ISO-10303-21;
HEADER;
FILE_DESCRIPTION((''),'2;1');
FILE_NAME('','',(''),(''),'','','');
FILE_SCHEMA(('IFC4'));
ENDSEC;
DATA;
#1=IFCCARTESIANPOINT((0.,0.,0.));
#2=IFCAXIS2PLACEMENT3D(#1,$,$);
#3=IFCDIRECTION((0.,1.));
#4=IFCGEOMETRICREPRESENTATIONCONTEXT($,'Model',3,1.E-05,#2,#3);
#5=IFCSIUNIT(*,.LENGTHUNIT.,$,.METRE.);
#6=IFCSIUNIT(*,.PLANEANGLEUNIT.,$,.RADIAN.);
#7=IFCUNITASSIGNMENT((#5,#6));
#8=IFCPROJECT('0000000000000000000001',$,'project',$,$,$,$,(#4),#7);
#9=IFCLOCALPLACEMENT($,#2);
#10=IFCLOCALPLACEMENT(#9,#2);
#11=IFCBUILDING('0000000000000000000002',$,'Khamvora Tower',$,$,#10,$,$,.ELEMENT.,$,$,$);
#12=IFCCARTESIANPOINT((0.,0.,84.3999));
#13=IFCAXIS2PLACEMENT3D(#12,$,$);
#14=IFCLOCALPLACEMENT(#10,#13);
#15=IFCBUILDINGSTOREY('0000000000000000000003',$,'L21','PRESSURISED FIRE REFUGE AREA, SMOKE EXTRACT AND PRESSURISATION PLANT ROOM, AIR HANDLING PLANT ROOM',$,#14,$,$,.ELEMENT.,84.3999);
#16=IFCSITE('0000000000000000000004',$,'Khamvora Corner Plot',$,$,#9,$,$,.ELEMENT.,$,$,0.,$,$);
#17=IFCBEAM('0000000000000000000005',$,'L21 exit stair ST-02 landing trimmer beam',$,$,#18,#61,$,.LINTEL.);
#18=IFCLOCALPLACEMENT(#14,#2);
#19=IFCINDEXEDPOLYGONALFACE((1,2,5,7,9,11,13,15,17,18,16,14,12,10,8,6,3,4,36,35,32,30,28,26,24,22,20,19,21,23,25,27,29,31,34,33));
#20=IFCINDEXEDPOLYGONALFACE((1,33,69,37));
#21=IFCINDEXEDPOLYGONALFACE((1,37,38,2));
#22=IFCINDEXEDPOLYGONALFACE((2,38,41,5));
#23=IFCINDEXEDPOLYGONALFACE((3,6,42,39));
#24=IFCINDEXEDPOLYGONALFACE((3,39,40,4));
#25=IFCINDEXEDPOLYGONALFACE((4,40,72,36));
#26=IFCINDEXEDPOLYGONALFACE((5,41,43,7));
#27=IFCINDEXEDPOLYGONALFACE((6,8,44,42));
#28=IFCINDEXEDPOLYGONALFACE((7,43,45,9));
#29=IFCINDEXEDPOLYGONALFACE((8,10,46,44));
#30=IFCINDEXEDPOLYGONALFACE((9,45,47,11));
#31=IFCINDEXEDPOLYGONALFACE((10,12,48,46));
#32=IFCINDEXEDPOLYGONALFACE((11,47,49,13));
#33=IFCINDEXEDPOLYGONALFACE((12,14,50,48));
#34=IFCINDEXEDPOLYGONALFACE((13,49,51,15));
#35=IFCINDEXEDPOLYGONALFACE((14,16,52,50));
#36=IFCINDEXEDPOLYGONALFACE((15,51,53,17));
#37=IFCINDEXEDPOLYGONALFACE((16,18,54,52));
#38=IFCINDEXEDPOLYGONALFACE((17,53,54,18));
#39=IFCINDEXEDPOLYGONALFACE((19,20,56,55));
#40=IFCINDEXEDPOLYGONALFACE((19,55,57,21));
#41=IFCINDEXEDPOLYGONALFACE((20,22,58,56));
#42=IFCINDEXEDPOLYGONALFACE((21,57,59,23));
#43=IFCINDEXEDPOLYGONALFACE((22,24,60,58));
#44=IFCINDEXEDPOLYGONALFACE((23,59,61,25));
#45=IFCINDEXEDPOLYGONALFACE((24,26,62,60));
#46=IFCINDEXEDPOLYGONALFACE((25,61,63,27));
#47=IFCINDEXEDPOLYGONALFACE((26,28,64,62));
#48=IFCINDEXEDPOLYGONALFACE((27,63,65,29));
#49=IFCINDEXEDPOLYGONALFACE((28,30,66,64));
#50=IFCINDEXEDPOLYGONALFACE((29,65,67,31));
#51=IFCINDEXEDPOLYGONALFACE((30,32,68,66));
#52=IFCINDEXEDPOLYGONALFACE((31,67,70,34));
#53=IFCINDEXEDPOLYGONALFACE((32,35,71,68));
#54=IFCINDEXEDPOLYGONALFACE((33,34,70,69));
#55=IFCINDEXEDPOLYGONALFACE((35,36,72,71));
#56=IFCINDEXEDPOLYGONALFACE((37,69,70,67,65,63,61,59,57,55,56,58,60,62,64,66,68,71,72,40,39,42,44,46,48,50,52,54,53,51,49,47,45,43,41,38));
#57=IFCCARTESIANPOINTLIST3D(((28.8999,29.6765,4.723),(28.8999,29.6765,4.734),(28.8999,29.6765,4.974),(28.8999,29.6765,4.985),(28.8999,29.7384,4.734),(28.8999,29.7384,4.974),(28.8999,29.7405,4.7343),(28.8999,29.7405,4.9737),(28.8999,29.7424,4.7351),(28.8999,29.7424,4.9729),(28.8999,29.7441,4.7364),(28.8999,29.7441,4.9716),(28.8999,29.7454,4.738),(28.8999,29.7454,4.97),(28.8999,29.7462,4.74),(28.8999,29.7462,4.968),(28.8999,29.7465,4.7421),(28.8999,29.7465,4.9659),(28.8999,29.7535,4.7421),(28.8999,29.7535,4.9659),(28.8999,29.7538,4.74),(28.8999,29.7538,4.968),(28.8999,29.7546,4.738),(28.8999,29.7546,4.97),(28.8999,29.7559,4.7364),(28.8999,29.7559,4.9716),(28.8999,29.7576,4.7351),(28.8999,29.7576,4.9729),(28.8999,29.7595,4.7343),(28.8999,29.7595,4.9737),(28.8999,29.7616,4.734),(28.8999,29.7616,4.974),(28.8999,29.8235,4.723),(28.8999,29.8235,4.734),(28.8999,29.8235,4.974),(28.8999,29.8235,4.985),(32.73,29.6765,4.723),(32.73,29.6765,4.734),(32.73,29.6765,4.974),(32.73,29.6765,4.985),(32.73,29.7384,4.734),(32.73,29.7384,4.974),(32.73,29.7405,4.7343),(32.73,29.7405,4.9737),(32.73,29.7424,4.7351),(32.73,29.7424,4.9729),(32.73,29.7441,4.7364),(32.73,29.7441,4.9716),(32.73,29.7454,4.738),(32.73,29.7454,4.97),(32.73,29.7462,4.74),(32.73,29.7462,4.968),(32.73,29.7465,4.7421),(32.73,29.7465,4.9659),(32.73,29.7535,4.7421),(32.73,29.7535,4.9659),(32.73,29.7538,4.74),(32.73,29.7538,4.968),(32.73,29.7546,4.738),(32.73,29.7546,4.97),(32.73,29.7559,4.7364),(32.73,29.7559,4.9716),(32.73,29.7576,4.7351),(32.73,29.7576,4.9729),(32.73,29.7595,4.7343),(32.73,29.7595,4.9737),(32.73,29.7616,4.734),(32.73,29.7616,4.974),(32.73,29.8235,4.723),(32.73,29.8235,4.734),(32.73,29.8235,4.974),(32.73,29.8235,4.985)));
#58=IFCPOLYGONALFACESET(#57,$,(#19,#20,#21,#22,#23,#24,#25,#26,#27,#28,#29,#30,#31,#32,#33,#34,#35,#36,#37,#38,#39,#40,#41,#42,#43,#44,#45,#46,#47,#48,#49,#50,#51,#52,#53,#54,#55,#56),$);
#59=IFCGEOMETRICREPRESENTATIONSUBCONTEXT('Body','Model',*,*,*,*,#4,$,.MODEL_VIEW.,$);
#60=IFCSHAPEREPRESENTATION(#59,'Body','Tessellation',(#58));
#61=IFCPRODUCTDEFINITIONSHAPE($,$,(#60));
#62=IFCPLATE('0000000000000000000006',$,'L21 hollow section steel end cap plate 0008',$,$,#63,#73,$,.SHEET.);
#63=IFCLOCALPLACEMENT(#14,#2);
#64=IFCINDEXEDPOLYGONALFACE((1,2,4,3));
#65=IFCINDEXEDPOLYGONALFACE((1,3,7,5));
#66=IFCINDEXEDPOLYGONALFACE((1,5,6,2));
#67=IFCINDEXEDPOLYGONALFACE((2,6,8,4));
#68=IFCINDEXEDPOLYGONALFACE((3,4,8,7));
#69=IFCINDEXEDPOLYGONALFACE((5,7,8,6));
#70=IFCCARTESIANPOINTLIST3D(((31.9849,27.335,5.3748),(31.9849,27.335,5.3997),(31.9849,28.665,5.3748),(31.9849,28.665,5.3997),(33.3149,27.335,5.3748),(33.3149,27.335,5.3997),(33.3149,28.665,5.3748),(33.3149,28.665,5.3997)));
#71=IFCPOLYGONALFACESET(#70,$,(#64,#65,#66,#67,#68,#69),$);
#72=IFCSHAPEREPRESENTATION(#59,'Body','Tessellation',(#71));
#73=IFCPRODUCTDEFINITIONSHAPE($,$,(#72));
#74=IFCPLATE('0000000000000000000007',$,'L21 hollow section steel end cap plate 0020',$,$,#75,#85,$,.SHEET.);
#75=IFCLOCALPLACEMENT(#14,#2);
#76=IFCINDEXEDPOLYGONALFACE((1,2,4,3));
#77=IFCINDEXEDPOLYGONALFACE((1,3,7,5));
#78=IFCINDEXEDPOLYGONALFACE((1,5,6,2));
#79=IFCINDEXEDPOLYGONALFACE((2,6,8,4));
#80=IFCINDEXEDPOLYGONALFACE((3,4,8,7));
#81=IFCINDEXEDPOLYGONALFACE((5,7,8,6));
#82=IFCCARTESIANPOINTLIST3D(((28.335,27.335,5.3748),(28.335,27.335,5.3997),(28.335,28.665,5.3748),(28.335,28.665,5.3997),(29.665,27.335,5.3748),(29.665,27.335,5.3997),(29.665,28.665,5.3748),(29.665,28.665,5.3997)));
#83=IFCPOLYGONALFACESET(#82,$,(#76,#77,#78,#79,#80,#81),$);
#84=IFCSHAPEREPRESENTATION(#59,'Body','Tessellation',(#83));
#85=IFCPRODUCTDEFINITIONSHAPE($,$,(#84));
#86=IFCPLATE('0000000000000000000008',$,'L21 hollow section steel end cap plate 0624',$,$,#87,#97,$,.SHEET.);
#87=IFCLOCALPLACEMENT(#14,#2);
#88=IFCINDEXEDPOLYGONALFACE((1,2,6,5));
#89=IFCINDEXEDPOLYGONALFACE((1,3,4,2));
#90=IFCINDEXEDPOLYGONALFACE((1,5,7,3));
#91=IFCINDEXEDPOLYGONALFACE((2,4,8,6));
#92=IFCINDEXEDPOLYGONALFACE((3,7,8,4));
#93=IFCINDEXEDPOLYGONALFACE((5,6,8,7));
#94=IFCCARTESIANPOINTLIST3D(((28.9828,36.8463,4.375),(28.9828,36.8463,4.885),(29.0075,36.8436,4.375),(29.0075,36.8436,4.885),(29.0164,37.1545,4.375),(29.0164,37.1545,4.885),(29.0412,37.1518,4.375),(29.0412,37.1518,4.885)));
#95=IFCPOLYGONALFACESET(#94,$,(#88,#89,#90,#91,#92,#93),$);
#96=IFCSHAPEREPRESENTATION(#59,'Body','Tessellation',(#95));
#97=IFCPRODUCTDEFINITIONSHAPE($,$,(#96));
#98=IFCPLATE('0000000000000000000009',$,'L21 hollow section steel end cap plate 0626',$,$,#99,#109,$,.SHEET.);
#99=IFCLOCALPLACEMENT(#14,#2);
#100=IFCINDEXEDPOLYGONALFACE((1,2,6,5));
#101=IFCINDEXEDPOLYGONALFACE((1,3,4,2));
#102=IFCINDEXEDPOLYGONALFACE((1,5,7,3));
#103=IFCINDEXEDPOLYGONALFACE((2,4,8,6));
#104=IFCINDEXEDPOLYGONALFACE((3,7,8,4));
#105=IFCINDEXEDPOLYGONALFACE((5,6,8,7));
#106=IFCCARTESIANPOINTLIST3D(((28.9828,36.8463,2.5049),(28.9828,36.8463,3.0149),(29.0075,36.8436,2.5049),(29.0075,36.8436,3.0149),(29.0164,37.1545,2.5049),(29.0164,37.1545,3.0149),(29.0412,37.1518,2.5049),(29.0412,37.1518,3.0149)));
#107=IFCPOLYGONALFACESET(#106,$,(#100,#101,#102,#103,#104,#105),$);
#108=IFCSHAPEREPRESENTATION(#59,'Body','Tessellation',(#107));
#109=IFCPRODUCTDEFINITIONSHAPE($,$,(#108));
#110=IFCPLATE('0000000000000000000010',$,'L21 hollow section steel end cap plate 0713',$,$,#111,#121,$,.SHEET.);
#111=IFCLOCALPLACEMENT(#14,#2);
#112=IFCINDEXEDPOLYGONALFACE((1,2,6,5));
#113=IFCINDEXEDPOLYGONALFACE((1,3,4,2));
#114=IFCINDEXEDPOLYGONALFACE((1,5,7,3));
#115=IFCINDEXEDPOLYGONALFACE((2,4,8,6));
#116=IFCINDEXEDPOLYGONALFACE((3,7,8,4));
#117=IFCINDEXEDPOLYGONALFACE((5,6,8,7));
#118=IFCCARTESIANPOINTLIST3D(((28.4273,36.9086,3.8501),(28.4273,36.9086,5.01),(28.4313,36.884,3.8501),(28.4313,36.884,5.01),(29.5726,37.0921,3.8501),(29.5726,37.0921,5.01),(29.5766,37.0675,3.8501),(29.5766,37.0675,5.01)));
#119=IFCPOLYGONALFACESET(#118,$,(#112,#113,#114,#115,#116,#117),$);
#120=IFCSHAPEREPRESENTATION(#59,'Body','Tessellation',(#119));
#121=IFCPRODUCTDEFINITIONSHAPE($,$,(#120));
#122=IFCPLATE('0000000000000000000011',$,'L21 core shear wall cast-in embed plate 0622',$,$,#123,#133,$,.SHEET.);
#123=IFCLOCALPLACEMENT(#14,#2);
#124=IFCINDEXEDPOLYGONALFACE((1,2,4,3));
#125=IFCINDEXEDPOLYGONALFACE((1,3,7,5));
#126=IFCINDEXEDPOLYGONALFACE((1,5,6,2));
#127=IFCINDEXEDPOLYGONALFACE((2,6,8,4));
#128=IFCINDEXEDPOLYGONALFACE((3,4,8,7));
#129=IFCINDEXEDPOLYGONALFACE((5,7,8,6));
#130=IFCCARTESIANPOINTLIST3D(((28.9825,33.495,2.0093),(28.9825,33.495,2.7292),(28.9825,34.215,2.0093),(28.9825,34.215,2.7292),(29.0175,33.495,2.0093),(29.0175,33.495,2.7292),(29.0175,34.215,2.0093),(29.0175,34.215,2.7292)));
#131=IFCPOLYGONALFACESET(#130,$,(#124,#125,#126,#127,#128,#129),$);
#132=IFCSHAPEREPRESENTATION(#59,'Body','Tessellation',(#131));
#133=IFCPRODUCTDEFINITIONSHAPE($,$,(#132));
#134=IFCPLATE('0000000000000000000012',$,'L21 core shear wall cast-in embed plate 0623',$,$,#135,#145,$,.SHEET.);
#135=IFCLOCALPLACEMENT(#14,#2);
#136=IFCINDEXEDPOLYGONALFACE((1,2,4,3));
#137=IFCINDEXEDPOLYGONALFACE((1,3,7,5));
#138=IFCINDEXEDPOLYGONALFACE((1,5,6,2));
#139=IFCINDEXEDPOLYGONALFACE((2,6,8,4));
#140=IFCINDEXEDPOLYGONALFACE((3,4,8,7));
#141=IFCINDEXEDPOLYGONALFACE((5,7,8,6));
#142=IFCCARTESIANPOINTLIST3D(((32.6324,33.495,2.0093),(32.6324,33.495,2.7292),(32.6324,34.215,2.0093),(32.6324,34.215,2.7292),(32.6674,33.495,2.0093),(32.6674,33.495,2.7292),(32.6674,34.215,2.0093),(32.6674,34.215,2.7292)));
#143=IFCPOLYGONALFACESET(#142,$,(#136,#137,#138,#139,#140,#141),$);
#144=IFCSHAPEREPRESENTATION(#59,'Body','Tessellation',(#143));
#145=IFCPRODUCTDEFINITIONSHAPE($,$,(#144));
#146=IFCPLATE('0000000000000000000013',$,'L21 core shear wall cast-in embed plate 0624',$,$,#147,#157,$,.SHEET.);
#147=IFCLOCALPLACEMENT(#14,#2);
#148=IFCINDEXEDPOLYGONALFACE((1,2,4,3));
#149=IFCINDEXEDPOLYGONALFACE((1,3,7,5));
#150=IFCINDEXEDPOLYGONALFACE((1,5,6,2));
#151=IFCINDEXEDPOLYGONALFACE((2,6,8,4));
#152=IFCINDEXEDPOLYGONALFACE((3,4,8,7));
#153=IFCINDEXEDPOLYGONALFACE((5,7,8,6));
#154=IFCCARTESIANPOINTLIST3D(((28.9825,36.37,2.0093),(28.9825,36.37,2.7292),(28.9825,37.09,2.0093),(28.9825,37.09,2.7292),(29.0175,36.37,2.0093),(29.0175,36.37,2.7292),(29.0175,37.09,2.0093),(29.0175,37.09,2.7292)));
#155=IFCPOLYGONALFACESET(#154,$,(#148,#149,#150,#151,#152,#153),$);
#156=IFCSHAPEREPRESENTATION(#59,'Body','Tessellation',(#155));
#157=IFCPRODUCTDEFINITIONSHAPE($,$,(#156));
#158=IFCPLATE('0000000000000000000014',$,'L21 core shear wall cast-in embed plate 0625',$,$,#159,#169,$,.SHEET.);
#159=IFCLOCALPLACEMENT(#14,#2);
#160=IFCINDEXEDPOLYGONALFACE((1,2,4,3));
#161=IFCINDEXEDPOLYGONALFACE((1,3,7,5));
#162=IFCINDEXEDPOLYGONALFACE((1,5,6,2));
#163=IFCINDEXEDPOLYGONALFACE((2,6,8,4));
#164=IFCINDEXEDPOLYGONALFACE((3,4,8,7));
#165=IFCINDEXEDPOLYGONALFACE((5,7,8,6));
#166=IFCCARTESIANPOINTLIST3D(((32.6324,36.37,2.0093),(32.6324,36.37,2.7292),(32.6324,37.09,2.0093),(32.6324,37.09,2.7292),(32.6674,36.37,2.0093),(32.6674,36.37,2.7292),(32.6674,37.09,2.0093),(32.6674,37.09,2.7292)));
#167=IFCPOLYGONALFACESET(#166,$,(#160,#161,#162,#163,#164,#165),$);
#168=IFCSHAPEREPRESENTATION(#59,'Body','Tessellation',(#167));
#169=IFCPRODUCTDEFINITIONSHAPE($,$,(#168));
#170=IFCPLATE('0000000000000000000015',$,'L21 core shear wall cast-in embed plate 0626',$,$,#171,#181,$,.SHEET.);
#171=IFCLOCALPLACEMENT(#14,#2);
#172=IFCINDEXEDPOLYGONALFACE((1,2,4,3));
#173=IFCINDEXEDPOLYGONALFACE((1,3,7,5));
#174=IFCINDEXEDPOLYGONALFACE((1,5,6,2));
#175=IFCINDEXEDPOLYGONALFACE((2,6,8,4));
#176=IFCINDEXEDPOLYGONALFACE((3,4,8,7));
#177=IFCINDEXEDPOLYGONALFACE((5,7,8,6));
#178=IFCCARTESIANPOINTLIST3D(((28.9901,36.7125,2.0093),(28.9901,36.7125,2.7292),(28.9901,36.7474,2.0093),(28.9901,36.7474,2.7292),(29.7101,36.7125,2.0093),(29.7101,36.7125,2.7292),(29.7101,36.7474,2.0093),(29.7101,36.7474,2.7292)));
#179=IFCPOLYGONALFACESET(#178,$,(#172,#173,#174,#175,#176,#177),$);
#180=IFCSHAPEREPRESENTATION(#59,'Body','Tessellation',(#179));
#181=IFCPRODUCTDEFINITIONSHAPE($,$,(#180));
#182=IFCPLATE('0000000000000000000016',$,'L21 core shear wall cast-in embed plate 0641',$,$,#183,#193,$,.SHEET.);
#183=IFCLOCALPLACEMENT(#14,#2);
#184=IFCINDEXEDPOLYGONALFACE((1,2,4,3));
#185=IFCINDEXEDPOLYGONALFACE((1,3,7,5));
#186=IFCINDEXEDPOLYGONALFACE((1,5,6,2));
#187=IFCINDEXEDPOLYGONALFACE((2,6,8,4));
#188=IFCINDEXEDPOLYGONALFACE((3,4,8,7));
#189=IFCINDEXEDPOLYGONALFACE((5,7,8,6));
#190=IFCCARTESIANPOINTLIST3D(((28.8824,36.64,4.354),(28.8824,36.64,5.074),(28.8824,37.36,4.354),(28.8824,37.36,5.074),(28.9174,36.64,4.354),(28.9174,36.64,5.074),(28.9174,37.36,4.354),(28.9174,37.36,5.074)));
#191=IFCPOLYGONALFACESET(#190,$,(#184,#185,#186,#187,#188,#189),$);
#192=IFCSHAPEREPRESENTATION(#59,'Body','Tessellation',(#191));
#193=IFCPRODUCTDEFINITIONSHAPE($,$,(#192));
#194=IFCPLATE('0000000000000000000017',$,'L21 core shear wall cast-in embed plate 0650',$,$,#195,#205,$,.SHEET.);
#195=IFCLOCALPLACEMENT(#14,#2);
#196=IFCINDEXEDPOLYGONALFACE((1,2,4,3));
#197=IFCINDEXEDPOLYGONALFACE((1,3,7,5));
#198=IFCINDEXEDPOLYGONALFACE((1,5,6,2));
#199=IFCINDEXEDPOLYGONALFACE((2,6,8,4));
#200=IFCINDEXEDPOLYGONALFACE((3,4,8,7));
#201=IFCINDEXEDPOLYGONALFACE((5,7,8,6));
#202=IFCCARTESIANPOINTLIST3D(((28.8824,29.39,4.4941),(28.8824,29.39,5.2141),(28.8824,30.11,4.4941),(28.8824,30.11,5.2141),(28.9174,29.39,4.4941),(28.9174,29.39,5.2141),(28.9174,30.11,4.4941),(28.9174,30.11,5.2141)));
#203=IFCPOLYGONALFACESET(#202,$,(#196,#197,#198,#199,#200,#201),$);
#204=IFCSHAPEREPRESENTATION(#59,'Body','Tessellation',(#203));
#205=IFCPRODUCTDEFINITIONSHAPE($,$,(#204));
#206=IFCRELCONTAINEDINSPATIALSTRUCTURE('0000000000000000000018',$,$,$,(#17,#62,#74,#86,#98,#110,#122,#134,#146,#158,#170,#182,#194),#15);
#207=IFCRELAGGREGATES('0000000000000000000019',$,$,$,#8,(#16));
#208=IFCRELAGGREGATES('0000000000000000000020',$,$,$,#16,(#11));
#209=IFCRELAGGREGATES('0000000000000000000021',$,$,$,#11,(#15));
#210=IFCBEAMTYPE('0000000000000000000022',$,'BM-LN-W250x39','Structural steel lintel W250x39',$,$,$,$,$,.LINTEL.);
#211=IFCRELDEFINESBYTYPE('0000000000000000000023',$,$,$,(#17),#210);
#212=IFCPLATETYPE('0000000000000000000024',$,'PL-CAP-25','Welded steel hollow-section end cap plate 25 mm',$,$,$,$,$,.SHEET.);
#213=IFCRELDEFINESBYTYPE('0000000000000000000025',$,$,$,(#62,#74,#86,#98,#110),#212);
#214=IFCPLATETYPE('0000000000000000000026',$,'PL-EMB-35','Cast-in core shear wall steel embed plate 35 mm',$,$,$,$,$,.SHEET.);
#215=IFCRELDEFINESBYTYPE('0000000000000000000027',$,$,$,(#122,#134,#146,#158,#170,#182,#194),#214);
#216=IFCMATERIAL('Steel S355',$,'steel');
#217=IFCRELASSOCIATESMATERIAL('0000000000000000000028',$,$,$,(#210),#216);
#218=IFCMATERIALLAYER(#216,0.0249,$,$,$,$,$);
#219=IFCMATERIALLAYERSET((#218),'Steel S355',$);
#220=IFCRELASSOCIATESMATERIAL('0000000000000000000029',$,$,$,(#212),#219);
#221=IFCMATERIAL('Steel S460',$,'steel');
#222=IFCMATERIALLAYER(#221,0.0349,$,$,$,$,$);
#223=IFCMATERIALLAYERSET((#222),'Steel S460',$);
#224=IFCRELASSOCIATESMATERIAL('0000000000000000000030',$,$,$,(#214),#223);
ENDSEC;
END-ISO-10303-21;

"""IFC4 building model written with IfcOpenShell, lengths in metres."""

from ifc_helpers import new_model, si_unit, direction, frame, origin, origin_2d, place, context, subcontext, project, spatial, rectangle, i_section, extrude, material, layer, layer_set, material_profile, profile_set, type_object, element, save


model = new_model("IFC4")

# Units and contexts
model_context = context("Model", 3, precision=1e-05, world=origin(), true_north=direction((0.0, 1.0)))
body_context = subcontext(model_context, "Body", "Model", "MODEL_VIEW")
ifc_project = project(units=[si_unit("LENGTHUNIT", "METRE"), si_unit("PLANEANGLEUNIT", "RADIAN")], contexts=[model_context])

# Site, building, storey
site_placement = place(None, origin())
site = spatial("IfcSite", under=ifc_project, at=site_placement, Name="Khamvora Corner Plot", CompositionType="ELEMENT", RefElevation=0.0)
building_placement = place(site_placement, origin())
building = spatial("IfcBuilding", under=site, at=building_placement, Name="Khamvora Tower", CompositionType="ELEMENT")
storey_placement = place(building_placement, frame((0.0, 0.0, 84.3999)))
storey = spatial("IfcBuildingStorey", under=building, at=storey_placement, Name="L21", Description="PRESSURISED FIRE REFUGE AREA, SMOKE EXTRACT AND PRESSURISATION PLANT ROOM, AIR HANDLING PLANT ROOM", CompositionType="ELEMENT", Elevation=84.3999)

# Shared definitions
ifc_material_1 = material(Name="Steel S460", Category="steel")

# Beam
ifc_material_2 = material(Name="Steel S355", Category="steel")
ifc_material_profile_1 = material_profile(ifc_material_2, i_section(OverallWidth=0.147, OverallDepth=0.262, WebThickness=0.0071, FlangeThickness=0.011, FilletRadius=0.0081, at=origin_2d()), Name="W250x39")
ifc_profile_set_1 = profile_set([ifc_material_profile_1], Name="Steel S355")
beam_type = type_object("IfcBeamType", Name="BM-LN-W250x39", Description="Structural steel lintel W250x39", PredefinedType="LINTEL", material=ifc_profile_set_1)
beam_1_placement = place(storey_placement, frame((28.8999, 29.75, 4.854), z_axis=(1.0, 0.0, 0.0), x_axis=(0.0, 1.0, 0.0)))
element("IfcBeam", 1, at=beam_1_placement, inside=storey, type_object=beam_type, Name="L21 exit stair ST-02 landing trimmer beam", PredefinedType="LINTEL", context=body_context, shape_type="SweptSolid", body=[
    extrude(i_section(OverallWidth=0.147, OverallDepth=0.262, WebThickness=0.0071, FlangeThickness=0.011, FilletRadius=0.0081, at=origin_2d()), origin(), (0.0, 0.0, 1.0), 3.8301),
])

# Plates
ifc_layer_1 = layer(ifc_material_2, 0.0249)
ifc_layer_set_1 = layer_set([ifc_layer_1], Name="Steel S355")
plate_type_1 = type_object("IfcPlateType", Name="PL-CAP-25", Description="Welded steel hollow-section end cap plate 25 mm", PredefinedType="SHEET", material=ifc_layer_set_1)
for number, where, z_axis, x_axis, name in (
    (2, (32.6499, 28.0, 5.3748), (0.0, 0.0, 1.0), (1.0, 0.0, 0.0), "L21 hollow section steel end cap plate 0008"),
    (3, (29.0, 28.0, 5.3748), (0.0, 0.0, 1.0), (1.0, 0.0, 0.0), "L21 hollow section steel end cap plate 0020"),
):
    element("IfcPlate", number, at=place(storey_placement, frame(where, z_axis=z_axis, x_axis=x_axis)), inside=storey, type_object=plate_type_1, Name=name, PredefinedType="SHEET", context=body_context, shape_type="SweptSolid", body=[
        extrude(rectangle(XDim=1.3301, YDim=1.3301, at=origin_2d()), origin(), (0.0, 0.0, 1.0), 0.0249),
    ])
for number, where, z_axis, x_axis, name in (
    (4, (29.012, 36.999, 4.375), (0.0, 0.0, 1.0), (-0.994102, 0.10845, 0.0), "L21 hollow section steel end cap plate 0624"),
    (5, (29.012, 36.999, 2.5049), (0.0, 0.0, 1.0), (-0.994102, 0.10845, 0.0), "L21 hollow section steel end cap plate 0626"),
):
    element("IfcPlate", number, at=place(storey_placement, frame(where, z_axis=z_axis, x_axis=x_axis)), inside=storey, type_object=plate_type_1, Name=name, PredefinedType="SHEET", context=body_context, shape_type="SweptSolid", body=[
        extrude(rectangle(XDim=0.0249, YDim=0.3101, at=origin_2d()), origin(), (0.0, 0.0, 1.0), 0.51),
    ])
plate_1_placement = place(storey_placement, frame((29.002, 36.988, 3.8501), z_axis=(0.0, 0.0, 1.0), x_axis=(-0.158175, 0.987411, 0.0)))
element("IfcPlate", 6, at=plate_1_placement, inside=storey, type_object=plate_type_1, Name="L21 hollow section steel end cap plate 0713", PredefinedType="SHEET", context=body_context, shape_type="SweptSolid", body=[
    extrude(rectangle(XDim=0.0249, YDim=1.1599, at=origin_2d()), origin(), (0.0, 0.0, 1.0), 1.1599),
])
ifc_layer_2 = layer(ifc_material_1, 0.0349)
ifc_layer_set_2 = layer_set([ifc_layer_2], Name="Steel S460")
plate_type_2 = type_object("IfcPlateType", Name="PL-EMB-35", Description="Cast-in core shear wall steel embed plate 35 mm", PredefinedType="SHEET", material=ifc_layer_set_2)
for number, where, z_axis, x_axis, name in (
    (7, (29.0, 33.855, 2.0093), (0.0, 0.0, 1.0), (1.0, 0.0, 0.0), "L21 core shear wall cast-in embed plate 0622"),
    (8, (32.6499, 33.855, 2.0093), (0.0, 0.0, 1.0), (1.0, 0.0, 0.0), "L21 core shear wall cast-in embed plate 0623"),
    (9, (29.0, 36.73, 2.0093), (0.0, 0.0, 1.0), (1.0, 0.0, 0.0), "L21 core shear wall cast-in embed plate 0624"),
    (10, (32.6499, 36.73, 2.0093), (0.0, 0.0, 1.0), (1.0, 0.0, 0.0), "L21 core shear wall cast-in embed plate 0625"),
):
    element("IfcPlate", number, at=place(storey_placement, frame(where, z_axis=z_axis, x_axis=x_axis)), inside=storey, type_object=plate_type_2, Name=name, PredefinedType="SHEET", context=body_context, shape_type="SweptSolid", body=[
        extrude(rectangle(XDim=0.0349, YDim=0.72, at=origin_2d()), origin(), (0.0, 0.0, 1.0), 0.72),
    ])
plate_2_placement = place(storey_placement, frame((29.3501, 36.73, 2.0093), z_axis=(0.0, 0.0, 1.0), x_axis=(1.0, 0.0, 0.0)))
element("IfcPlate", 11, at=plate_2_placement, inside=storey, type_object=plate_type_2, Name="L21 core shear wall cast-in embed plate 0626", PredefinedType="SHEET", context=body_context, shape_type="SweptSolid", body=[
    extrude(rectangle(XDim=0.72, YDim=0.0349, at=origin_2d()), origin(), (0.0, 0.0, 1.0), 0.72),
])
for number, where, z_axis, x_axis, name in (
    (12, (28.8999, 37.0, 4.354), (0.0, 0.0, 1.0), (1.0, 0.0, 0.0), "L21 core shear wall cast-in embed plate 0641"),
    (13, (28.8999, 29.75, 4.4941), (0.0, 0.0, 1.0), (1.0, 0.0, 0.0), "L21 core shear wall cast-in embed plate 0650"),
):
    element("IfcPlate", number, at=place(storey_placement, frame(where, z_axis=z_axis, x_axis=x_axis)), inside=storey, type_object=plate_type_2, Name=name, PredefinedType="SHEET", context=body_context, shape_type="SweptSolid", body=[
        extrude(rectangle(XDim=0.0349, YDim=0.72, at=origin_2d()), origin(), (0.0, 0.0, 1.0), 0.72),
    ])

save(model, "model.ifc")
